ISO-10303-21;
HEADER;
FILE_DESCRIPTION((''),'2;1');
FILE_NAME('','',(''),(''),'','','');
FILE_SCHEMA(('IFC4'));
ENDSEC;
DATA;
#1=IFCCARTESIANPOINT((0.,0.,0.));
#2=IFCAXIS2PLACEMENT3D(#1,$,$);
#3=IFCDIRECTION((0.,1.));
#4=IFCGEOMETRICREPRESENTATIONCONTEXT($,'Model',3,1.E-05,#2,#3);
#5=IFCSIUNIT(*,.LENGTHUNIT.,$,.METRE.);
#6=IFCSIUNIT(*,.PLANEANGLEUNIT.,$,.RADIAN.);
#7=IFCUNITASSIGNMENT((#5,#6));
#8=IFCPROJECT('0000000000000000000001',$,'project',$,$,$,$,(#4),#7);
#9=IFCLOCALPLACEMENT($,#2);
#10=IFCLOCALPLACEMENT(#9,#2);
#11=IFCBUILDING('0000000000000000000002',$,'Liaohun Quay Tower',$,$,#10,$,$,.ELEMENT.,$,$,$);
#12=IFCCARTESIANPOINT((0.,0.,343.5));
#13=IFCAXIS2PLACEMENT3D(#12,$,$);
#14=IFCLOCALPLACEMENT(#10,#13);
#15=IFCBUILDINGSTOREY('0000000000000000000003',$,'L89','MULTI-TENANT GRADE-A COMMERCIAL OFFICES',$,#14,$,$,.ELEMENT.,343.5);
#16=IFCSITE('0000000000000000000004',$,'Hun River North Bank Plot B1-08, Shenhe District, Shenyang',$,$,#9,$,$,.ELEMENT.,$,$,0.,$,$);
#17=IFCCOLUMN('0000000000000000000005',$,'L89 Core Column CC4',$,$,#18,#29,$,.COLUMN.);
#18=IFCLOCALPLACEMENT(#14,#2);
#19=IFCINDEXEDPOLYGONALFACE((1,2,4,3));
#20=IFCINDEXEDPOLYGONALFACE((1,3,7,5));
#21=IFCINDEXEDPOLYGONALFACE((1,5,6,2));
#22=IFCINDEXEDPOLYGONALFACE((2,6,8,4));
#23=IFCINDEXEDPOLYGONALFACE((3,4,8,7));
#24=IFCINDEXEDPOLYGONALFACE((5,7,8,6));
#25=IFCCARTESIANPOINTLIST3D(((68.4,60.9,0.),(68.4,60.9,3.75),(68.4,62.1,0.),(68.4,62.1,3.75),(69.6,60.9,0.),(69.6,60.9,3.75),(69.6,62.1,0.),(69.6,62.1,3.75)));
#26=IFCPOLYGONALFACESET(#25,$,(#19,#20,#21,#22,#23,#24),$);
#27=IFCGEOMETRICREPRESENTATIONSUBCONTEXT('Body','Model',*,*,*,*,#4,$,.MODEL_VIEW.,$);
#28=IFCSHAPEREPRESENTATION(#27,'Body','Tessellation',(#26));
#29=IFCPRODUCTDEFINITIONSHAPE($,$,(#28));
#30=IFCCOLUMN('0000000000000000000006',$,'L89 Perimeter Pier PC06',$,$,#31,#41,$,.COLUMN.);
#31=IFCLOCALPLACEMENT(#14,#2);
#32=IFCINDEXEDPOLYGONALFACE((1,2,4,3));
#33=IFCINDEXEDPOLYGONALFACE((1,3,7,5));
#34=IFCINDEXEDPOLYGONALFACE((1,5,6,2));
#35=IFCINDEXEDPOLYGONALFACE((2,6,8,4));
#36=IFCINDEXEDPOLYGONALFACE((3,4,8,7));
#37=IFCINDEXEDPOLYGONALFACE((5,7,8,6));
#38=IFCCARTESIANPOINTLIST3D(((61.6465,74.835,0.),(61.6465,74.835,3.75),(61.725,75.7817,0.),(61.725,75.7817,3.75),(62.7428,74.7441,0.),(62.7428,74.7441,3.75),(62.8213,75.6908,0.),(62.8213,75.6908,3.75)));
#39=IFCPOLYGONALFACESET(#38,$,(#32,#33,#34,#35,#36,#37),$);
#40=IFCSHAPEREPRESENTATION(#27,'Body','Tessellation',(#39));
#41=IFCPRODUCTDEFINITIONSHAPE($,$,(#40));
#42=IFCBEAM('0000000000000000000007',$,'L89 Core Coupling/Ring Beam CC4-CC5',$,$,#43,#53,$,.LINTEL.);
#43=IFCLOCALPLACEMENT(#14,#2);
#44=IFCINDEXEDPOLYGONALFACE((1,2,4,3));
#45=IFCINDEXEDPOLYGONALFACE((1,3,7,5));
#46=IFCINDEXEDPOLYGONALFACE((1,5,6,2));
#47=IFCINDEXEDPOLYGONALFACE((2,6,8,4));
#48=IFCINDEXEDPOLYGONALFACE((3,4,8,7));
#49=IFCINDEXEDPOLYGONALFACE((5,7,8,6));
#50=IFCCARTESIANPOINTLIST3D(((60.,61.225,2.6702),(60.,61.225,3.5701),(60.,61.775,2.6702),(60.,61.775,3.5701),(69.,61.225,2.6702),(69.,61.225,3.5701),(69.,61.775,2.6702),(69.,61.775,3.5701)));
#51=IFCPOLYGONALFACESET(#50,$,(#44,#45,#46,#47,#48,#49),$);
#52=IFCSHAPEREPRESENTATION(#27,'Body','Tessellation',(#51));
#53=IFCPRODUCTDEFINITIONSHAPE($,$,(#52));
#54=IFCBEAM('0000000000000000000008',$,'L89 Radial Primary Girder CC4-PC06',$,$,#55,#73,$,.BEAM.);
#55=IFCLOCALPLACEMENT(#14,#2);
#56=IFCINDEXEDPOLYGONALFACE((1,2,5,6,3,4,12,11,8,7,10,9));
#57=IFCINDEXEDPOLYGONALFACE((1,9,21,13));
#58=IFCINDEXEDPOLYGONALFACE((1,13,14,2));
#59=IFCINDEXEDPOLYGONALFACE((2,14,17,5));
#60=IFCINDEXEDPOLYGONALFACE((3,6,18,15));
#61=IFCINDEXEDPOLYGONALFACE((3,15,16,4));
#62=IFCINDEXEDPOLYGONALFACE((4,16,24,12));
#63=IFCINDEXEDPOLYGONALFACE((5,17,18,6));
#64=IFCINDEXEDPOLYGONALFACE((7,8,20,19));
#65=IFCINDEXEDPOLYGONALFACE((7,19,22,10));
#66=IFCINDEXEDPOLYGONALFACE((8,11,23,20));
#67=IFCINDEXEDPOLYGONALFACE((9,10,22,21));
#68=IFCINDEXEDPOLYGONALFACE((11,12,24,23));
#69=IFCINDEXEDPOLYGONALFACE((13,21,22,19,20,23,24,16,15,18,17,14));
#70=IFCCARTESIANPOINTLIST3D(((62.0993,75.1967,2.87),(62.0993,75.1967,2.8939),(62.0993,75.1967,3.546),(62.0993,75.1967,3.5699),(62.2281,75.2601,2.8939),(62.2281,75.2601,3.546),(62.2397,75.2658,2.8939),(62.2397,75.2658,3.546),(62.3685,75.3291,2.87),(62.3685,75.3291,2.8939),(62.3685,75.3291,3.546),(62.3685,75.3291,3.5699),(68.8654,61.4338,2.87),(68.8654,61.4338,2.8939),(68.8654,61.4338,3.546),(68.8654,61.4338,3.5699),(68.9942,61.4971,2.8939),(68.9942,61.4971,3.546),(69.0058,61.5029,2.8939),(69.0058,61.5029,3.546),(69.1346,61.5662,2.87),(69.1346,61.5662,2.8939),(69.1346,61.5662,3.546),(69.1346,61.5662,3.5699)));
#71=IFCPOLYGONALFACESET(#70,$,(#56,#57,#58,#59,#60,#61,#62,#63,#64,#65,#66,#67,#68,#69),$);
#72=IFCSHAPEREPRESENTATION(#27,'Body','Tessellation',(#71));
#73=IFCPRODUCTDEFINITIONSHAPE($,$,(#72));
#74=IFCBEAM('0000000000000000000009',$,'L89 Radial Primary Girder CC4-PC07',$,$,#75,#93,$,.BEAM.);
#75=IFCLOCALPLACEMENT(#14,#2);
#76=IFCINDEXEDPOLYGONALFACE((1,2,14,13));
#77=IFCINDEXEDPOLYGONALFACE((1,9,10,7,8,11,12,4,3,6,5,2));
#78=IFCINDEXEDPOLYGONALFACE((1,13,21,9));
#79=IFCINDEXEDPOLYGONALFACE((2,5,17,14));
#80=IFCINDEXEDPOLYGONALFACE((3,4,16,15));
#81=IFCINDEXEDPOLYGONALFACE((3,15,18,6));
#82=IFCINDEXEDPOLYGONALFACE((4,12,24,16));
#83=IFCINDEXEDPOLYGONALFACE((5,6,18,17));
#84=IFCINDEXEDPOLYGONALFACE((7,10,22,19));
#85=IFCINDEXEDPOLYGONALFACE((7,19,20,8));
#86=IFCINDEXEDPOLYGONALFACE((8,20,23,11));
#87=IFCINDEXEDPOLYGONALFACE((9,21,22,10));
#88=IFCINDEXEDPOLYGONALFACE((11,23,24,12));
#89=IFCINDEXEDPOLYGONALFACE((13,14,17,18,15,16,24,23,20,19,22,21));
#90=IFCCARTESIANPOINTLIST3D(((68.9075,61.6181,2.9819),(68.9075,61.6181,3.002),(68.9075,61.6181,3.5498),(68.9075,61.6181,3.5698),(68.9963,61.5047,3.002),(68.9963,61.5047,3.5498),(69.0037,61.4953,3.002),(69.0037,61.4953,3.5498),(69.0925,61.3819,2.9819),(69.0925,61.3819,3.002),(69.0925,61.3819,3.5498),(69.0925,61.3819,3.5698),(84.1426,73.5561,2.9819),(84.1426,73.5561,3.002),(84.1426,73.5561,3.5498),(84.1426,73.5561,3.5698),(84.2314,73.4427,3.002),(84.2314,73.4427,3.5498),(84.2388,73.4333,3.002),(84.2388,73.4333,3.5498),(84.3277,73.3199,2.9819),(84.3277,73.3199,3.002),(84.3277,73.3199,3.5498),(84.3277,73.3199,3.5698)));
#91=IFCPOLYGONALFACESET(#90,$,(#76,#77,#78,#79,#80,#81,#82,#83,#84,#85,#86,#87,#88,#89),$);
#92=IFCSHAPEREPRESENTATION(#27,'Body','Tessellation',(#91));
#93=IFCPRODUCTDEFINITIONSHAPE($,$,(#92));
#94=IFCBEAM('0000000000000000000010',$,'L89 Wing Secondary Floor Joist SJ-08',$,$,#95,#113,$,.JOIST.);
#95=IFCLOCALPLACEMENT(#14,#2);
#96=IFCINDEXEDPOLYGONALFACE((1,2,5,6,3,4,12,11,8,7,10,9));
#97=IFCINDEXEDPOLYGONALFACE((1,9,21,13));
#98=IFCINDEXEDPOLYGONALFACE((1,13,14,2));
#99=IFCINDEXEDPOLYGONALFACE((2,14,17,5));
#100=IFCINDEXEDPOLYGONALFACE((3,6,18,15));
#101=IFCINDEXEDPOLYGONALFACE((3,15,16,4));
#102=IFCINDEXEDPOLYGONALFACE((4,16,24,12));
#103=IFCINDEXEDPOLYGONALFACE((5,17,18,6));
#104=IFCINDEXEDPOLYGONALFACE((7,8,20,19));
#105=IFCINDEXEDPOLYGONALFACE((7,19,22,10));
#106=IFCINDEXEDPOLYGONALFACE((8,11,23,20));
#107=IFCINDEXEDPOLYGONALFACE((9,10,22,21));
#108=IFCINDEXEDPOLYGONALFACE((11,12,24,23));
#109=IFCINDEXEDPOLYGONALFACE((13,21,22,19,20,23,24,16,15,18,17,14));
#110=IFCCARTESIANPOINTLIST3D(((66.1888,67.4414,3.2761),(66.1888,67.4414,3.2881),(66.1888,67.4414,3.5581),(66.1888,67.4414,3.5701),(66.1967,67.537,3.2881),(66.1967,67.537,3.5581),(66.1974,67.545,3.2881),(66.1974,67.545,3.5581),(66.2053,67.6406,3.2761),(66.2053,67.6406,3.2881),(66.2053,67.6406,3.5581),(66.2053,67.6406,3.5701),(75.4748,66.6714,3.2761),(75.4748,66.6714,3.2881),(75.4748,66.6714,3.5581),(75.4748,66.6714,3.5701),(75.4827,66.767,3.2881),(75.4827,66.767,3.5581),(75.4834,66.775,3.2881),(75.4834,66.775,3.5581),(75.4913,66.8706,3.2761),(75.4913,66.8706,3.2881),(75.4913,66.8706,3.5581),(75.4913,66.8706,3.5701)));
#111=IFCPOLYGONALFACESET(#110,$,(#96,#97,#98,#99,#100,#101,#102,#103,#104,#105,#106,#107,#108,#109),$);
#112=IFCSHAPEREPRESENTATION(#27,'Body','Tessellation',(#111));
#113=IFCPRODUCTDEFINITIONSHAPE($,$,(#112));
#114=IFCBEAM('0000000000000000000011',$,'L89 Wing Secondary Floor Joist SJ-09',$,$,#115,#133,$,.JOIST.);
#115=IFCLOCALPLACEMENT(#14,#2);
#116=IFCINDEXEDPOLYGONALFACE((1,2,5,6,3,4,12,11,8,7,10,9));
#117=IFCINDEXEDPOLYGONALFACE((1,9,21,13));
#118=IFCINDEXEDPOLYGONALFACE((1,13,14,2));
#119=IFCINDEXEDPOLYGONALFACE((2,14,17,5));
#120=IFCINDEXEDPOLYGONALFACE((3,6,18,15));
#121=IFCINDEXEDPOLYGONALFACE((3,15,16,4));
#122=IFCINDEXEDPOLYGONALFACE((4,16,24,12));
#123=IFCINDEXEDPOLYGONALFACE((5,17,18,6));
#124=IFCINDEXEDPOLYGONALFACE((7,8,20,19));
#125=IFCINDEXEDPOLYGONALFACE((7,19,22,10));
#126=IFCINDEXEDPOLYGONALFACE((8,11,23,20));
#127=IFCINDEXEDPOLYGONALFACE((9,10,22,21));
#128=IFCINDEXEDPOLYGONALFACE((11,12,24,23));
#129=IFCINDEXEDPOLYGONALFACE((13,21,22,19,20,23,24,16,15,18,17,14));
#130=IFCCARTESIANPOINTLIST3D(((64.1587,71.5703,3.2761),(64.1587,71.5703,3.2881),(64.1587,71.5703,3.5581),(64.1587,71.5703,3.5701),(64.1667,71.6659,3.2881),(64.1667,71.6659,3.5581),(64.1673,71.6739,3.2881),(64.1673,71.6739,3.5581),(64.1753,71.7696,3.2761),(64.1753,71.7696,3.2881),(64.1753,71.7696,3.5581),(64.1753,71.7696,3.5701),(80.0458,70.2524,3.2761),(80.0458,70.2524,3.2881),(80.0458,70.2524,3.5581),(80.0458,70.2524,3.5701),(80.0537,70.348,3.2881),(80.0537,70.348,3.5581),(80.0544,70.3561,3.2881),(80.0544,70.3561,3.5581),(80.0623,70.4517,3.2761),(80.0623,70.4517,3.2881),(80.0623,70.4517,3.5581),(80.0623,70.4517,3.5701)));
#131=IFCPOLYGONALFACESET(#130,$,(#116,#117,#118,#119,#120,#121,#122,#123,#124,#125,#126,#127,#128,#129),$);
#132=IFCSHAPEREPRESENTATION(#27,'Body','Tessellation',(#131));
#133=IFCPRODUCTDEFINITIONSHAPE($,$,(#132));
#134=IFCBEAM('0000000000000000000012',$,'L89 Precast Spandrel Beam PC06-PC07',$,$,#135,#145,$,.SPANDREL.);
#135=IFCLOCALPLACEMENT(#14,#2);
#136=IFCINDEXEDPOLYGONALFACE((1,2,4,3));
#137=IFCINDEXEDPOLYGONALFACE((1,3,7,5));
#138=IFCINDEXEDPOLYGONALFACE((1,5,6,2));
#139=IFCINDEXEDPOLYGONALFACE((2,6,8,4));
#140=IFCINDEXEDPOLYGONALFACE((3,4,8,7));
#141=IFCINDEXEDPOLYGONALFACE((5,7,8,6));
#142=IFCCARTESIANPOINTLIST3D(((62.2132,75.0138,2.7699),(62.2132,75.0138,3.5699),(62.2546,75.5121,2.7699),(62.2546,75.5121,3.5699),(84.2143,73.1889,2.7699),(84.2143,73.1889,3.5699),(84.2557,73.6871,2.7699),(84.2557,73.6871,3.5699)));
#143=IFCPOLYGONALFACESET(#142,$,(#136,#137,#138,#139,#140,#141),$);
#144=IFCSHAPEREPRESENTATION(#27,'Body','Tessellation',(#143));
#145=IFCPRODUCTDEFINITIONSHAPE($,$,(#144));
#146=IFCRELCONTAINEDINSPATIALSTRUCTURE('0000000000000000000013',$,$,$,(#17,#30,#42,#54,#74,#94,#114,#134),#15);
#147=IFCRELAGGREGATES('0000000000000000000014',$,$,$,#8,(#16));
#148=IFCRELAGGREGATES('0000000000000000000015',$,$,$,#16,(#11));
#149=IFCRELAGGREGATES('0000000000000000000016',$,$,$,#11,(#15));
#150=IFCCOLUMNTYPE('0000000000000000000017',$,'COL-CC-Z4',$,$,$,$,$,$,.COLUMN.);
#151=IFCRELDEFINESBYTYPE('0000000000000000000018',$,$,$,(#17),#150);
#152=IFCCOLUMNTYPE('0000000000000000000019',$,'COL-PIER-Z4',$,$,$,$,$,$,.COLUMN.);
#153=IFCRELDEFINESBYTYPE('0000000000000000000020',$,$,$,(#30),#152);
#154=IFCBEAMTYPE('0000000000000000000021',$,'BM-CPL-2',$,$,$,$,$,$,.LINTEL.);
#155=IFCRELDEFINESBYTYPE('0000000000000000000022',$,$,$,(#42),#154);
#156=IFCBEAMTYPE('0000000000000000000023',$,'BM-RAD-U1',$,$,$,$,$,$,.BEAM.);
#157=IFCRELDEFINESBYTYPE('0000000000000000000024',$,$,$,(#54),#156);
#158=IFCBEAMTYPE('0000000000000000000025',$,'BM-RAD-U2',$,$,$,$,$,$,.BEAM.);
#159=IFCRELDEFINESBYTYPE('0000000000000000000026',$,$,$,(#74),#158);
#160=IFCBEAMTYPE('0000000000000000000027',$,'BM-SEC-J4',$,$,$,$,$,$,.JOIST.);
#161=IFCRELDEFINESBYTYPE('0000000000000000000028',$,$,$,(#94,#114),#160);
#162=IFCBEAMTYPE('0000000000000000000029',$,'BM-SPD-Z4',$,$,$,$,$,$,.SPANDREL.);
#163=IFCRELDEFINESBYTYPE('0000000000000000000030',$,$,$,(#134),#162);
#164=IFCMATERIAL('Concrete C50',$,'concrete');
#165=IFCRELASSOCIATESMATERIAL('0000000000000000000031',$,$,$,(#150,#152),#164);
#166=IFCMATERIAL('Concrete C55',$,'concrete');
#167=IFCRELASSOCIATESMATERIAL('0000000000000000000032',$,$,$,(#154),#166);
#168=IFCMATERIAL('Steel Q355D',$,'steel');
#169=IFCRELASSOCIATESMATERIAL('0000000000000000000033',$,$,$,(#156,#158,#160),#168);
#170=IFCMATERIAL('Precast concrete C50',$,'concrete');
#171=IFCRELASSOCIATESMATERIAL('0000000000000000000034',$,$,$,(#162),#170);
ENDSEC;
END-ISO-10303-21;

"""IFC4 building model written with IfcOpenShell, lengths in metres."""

from ifc_helpers import new_model, si_unit, direction, frame, origin, origin_2d, place, context, subcontext, project, spatial, rectangle, i_section, extrude, source, transform, mapped, material, material_profile, profile_set, type_object, element, save


model = new_model("IFC4")

# Units and contexts
model_context = context("Model", 3, precision=1e-05, world=origin(), true_north=direction((0.0, 1.0)))
body_context = subcontext(model_context, "Body", "Model", "MODEL_VIEW")
ifc_project = project(units=[si_unit("LENGTHUNIT", "METRE"), si_unit("PLANEANGLEUNIT", "RADIAN")], contexts=[model_context])

# Site, building, storey
site_placement = place(None, origin())
site = spatial("IfcSite", under=ifc_project, at=site_placement, Name="Hun River North Bank Plot B1-08, Shenhe District, Shenyang", CompositionType="ELEMENT", RefElevation=0.0)
building_placement = place(site_placement, origin())
building = spatial("IfcBuilding", under=site, at=building_placement, Name="Liaohun Quay Tower", CompositionType="ELEMENT")
storey_placement = place(building_placement, frame((0.0, 0.0, 343.5)))
storey = spatial("IfcBuildingStorey", under=building, at=storey_placement, Name="L89", Description="MULTI-TENANT GRADE-A COMMERCIAL OFFICES", CompositionType="ELEMENT", Elevation=343.5)

# Columns
ifc_material_1 = material(Name="Concrete C50", Category="concrete")
ifc_material_profile_1 = material_profile(ifc_material_1, rectangle(XDim=1.2, YDim=1.2, at=origin_2d()), Name="RC1200x1200")
ifc_profile_set_1 = profile_set([ifc_material_profile_1], Name="Concrete C50")
column_type_1 = type_object("IfcColumnType", Name="COL-CC-Z4", PredefinedType="COLUMN", material=ifc_profile_set_1)
shared_shape_1 = source(origin(), body_context, "Body", "SweptSolid", [
    extrude(rectangle(XDim=1.2, YDim=1.2, at=origin_2d()), origin(), (0.0, 0.0, 1.0), 3.75),
])
column_1_placement = place(storey_placement, frame((69.0, 61.5, 0.0), z_axis=(0.0, 0.0, 1.0), x_axis=(1.0, 0.0, 0.0)))
element("IfcColumn", 1, at=column_1_placement, inside=storey, type_object=column_type_1, Name="L89 Core Column CC4", PredefinedType="COLUMN", context=body_context, shape_type="MappedRepresentation", body=[
    mapped(shared_shape_1, transform((0.0, 0.0, 0.0), x_axis=(1.0, 0.0, 0.0), y_axis=(0.0, 1.0, 0.0), z_axis=(0.0, 0.0, 1.0), scale=1.0)),
])
ifc_material_profile_2 = material_profile(ifc_material_1, rectangle(XDim=1.1001, YDim=0.95, at=origin_2d()), Name="RC1100x950")
ifc_profile_set_2 = profile_set([ifc_material_profile_2], Name="Concrete C50")
column_type_2 = type_object("IfcColumnType", Name="COL-PIER-Z4", PredefinedType="COLUMN", material=ifc_profile_set_2)
shared_shape_2 = source(origin(), body_context, "Body", "SweptSolid", [
    extrude(rectangle(XDim=1.1001, YDim=0.95, at=origin_2d()), origin(), (0.0, 0.0, 1.0), 3.75),
])
column_2_placement = place(storey_placement, frame((62.2339, 75.2629, 0.0), z_axis=(0.0, 0.0, 1.0), x_axis=(-0.99658, 0.082634, 0.0)))
element("IfcColumn", 2, at=column_2_placement, inside=storey, type_object=column_type_2, Name="L89 Perimeter Pier PC06", PredefinedType="COLUMN", context=body_context, shape_type="MappedRepresentation", body=[
    mapped(shared_shape_2, transform((0.0, 0.0, 0.0), x_axis=(1.0, 0.0, 0.0), y_axis=(0.0, 1.0, 0.0), z_axis=(0.0, 0.0, 1.0), scale=1.0)),
])

# Beams
ifc_material_2 = material(Name="Concrete C55", Category="concrete")
ifc_material_profile_3 = material_profile(ifc_material_2, rectangle(XDim=0.55, YDim=0.8999, at=origin_2d()), Name="RC550x900")
ifc_profile_set_3 = profile_set([ifc_material_profile_3], Name="Concrete C55")
beam_type_1 = type_object("IfcBeamType", Name="BM-CPL-2", PredefinedType="LINTEL", material=ifc_profile_set_3)
shared_shape_3 = source(origin(), body_context, "Body", "SweptSolid", [
    extrude(rectangle(XDim=0.55, YDim=0.8999, at=origin_2d()), origin(), (0.0, 0.0, 1.0), 9.0),
])
beam_1_placement = place(storey_placement, frame((69.0, 61.5, 3.1201), z_axis=(-1.0, 0.0, 0.0), x_axis=(0.0, -1.0, 0.0)))
element("IfcBeam", 3, at=beam_1_placement, inside=storey, type_object=beam_type_1, Name="L89 Core Coupling/Ring Beam CC4-CC5", PredefinedType="LINTEL", context=body_context, shape_type="MappedRepresentation", body=[
    mapped(shared_shape_3, transform((0.0, 0.0, 0.0), x_axis=(1.0, 0.0, 0.0), y_axis=(0.0, 1.0, 0.0), z_axis=(0.0, 0.0, 1.0), scale=1.0)),
])
ifc_material_3 = material(Name="Steel Q355D", Category="steel")
ifc_material_profile_4 = material_profile(ifc_material_3, i_section(OverallWidth=0.3, OverallDepth=0.7, WebThickness=0.0129, FlangeThickness=0.0239, at=origin_2d()), Name="HN700x300x13x24")
ifc_profile_set_4 = profile_set([ifc_material_profile_4], Name="Steel Q355D")
beam_type_2 = type_object("IfcBeamType", Name="BM-RAD-U1", PredefinedType="BEAM", material=ifc_profile_set_4)
shared_shape_4 = source(origin(), body_context, "Body", "SweptSolid", [
    extrude(i_section(OverallWidth=0.3, OverallDepth=0.7, WebThickness=0.0129, FlangeThickness=0.0239, at=origin_2d()), origin(), (0.0, 0.0, 1.0), 15.3362),
])
beam_2_placement = place(storey_placement, frame((69.0, 61.5, 3.22), z_axis=(-0.441186, 0.897416, 0.0), x_axis=(-0.897416, -0.441186, 0.0)))
element("IfcBeam", 4, at=beam_2_placement, inside=storey, type_object=beam_type_2, Name="L89 Radial Primary Girder CC4-PC06", PredefinedType="BEAM", context=body_context, shape_type="MappedRepresentation", body=[
    mapped(shared_shape_4, transform((0.0, 0.0, 0.0), x_axis=(1.0, 0.0, 0.0), y_axis=(0.0, 1.0, 0.0), z_axis=(0.0, 0.0, 1.0), scale=1.0)),
])
ifc_material_profile_5 = material_profile(ifc_material_3, i_section(OverallWidth=0.3, OverallDepth=0.5879, WebThickness=0.012, FlangeThickness=0.02, at=origin_2d()), Name="HM588x300x12x20")
ifc_profile_set_5 = profile_set([ifc_material_profile_5], Name="Steel Q355D")
beam_type_3 = type_object("IfcBeamType", Name="BM-RAD-U2", PredefinedType="BEAM", material=ifc_profile_set_5)
shared_shape_5 = source(origin(), body_context, "Body", "SweptSolid", [
    extrude(i_section(OverallWidth=0.3, OverallDepth=0.5879, WebThickness=0.012, FlangeThickness=0.02, at=origin_2d()), origin(), (0.0, 0.0, 1.0), 19.3552),
])
beam_3_placement = place(storey_placement, frame((69.0, 61.5, 3.2759), z_axis=(0.787132, 0.616784, 0.0), x_axis=(-0.616784, 0.787132, 0.0)))
element("IfcBeam", 5, at=beam_3_placement, inside=storey, type_object=beam_type_3, Name="L89 Radial Primary Girder CC4-PC07", PredefinedType="BEAM", context=body_context, shape_type="MappedRepresentation", body=[
    mapped(shared_shape_5, transform((0.0, 0.0, 0.0), x_axis=(1.0, 0.0, 0.0), y_axis=(0.0, 1.0, 0.0), z_axis=(0.0, 0.0, 1.0), scale=1.0)),
])
ifc_material_profile_6 = material_profile(ifc_material_3, i_section(OverallWidth=0.2, OverallDepth=0.2939, WebThickness=0.0081, FlangeThickness=0.012, at=origin_2d()), Name="HM294x200x8x12")
ifc_profile_set_6 = profile_set([ifc_material_profile_6], Name="Steel Q355D")
beam_type_4 = type_object("IfcBeamType", Name="BM-SEC-J4", PredefinedType="JOIST", material=ifc_profile_set_6)
shared_shape_6 = source(origin(), body_context, "Body", "SweptSolid", [
    extrude(i_section(OverallWidth=0.2, OverallDepth=0.2939, WebThickness=0.0081, FlangeThickness=0.012, at=origin_2d()), origin(), (0.0, 0.0, 1.0), 9.3179),
])
beam_4_placement = place(storey_placement, frame((66.197, 67.541, 3.4231), z_axis=(0.996579, -0.08264, 0.0), x_axis=(0.08264, 0.996579, 0.0)))
element("IfcBeam", 6, at=beam_4_placement, inside=storey, type_object=beam_type_4, Name="L89 Wing Secondary Floor Joist SJ-08", PredefinedType="JOIST", context=body_context, shape_type="MappedRepresentation", body=[
    mapped(shared_shape_6, transform((0.0, 0.0, 0.0), x_axis=(1.0, 0.0, 0.0), y_axis=(0.0, 1.0, 0.0), z_axis=(0.0, 0.0, 1.0), scale=1.0)),
])
shared_shape_7 = source(origin(), body_context, "Body", "SweptSolid", [
    extrude(i_section(OverallWidth=0.2, OverallDepth=0.2939, WebThickness=0.0081, FlangeThickness=0.012, at=origin_2d()), origin(), (0.0, 0.0, 1.0), 15.9417),
])
beam_5_placement = place(storey_placement, frame((64.167, 71.6699, 3.4231), z_axis=(0.996577, -0.082669, 0.0), x_axis=(0.082669, 0.996577, 0.0)))
element("IfcBeam", 7, at=beam_5_placement, inside=storey, type_object=beam_type_4, Name="L89 Wing Secondary Floor Joist SJ-09", PredefinedType="JOIST", context=body_context, shape_type="MappedRepresentation", body=[
    mapped(shared_shape_7, transform((0.0, 0.0, 0.0), x_axis=(1.0, 0.0, 0.0), y_axis=(0.0, 1.0, 0.0), z_axis=(0.0, 0.0, 1.0), scale=1.0)),
])
ifc_material_4 = material(Name="Precast concrete C50", Category="concrete")
ifc_material_profile_7 = material_profile(ifc_material_4, rectangle(XDim=0.5, YDim=0.8, at=origin_2d()), Name="RC500x800")
ifc_profile_set_7 = profile_set([ifc_material_profile_7], Name="Precast concrete C50")
beam_type_5 = type_object("IfcBeamType", Name="BM-SPD-Z4", PredefinedType="SPANDREL", material=ifc_profile_set_7)
shared_shape_8 = source(origin(), body_context, "Body", "SweptSolid", [
    extrude(rectangle(XDim=0.5, YDim=0.8, at=origin_2d()), origin(), (0.0, 0.0, 1.0), 22.0767),
])
beam_6_placement = place(storey_placement, frame((62.2339, 75.2629, 3.1699), z_axis=(0.996577, -0.082664, 0.0), x_axis=(0.082664, 0.996577, 0.0)))
element("IfcBeam", 8, at=beam_6_placement, inside=storey, type_object=beam_type_5, Name="L89 Precast Spandrel Beam PC06-PC07", PredefinedType="SPANDREL", context=body_context, shape_type="MappedRepresentation", body=[
    mapped(shared_shape_8, transform((0.0, 0.0, 0.0), x_axis=(1.0, 0.0, 0.0), y_axis=(0.0, 1.0, 0.0), z_axis=(0.0, 0.0, 1.0), scale=1.0)),
])

save(model, "model.ifc")
